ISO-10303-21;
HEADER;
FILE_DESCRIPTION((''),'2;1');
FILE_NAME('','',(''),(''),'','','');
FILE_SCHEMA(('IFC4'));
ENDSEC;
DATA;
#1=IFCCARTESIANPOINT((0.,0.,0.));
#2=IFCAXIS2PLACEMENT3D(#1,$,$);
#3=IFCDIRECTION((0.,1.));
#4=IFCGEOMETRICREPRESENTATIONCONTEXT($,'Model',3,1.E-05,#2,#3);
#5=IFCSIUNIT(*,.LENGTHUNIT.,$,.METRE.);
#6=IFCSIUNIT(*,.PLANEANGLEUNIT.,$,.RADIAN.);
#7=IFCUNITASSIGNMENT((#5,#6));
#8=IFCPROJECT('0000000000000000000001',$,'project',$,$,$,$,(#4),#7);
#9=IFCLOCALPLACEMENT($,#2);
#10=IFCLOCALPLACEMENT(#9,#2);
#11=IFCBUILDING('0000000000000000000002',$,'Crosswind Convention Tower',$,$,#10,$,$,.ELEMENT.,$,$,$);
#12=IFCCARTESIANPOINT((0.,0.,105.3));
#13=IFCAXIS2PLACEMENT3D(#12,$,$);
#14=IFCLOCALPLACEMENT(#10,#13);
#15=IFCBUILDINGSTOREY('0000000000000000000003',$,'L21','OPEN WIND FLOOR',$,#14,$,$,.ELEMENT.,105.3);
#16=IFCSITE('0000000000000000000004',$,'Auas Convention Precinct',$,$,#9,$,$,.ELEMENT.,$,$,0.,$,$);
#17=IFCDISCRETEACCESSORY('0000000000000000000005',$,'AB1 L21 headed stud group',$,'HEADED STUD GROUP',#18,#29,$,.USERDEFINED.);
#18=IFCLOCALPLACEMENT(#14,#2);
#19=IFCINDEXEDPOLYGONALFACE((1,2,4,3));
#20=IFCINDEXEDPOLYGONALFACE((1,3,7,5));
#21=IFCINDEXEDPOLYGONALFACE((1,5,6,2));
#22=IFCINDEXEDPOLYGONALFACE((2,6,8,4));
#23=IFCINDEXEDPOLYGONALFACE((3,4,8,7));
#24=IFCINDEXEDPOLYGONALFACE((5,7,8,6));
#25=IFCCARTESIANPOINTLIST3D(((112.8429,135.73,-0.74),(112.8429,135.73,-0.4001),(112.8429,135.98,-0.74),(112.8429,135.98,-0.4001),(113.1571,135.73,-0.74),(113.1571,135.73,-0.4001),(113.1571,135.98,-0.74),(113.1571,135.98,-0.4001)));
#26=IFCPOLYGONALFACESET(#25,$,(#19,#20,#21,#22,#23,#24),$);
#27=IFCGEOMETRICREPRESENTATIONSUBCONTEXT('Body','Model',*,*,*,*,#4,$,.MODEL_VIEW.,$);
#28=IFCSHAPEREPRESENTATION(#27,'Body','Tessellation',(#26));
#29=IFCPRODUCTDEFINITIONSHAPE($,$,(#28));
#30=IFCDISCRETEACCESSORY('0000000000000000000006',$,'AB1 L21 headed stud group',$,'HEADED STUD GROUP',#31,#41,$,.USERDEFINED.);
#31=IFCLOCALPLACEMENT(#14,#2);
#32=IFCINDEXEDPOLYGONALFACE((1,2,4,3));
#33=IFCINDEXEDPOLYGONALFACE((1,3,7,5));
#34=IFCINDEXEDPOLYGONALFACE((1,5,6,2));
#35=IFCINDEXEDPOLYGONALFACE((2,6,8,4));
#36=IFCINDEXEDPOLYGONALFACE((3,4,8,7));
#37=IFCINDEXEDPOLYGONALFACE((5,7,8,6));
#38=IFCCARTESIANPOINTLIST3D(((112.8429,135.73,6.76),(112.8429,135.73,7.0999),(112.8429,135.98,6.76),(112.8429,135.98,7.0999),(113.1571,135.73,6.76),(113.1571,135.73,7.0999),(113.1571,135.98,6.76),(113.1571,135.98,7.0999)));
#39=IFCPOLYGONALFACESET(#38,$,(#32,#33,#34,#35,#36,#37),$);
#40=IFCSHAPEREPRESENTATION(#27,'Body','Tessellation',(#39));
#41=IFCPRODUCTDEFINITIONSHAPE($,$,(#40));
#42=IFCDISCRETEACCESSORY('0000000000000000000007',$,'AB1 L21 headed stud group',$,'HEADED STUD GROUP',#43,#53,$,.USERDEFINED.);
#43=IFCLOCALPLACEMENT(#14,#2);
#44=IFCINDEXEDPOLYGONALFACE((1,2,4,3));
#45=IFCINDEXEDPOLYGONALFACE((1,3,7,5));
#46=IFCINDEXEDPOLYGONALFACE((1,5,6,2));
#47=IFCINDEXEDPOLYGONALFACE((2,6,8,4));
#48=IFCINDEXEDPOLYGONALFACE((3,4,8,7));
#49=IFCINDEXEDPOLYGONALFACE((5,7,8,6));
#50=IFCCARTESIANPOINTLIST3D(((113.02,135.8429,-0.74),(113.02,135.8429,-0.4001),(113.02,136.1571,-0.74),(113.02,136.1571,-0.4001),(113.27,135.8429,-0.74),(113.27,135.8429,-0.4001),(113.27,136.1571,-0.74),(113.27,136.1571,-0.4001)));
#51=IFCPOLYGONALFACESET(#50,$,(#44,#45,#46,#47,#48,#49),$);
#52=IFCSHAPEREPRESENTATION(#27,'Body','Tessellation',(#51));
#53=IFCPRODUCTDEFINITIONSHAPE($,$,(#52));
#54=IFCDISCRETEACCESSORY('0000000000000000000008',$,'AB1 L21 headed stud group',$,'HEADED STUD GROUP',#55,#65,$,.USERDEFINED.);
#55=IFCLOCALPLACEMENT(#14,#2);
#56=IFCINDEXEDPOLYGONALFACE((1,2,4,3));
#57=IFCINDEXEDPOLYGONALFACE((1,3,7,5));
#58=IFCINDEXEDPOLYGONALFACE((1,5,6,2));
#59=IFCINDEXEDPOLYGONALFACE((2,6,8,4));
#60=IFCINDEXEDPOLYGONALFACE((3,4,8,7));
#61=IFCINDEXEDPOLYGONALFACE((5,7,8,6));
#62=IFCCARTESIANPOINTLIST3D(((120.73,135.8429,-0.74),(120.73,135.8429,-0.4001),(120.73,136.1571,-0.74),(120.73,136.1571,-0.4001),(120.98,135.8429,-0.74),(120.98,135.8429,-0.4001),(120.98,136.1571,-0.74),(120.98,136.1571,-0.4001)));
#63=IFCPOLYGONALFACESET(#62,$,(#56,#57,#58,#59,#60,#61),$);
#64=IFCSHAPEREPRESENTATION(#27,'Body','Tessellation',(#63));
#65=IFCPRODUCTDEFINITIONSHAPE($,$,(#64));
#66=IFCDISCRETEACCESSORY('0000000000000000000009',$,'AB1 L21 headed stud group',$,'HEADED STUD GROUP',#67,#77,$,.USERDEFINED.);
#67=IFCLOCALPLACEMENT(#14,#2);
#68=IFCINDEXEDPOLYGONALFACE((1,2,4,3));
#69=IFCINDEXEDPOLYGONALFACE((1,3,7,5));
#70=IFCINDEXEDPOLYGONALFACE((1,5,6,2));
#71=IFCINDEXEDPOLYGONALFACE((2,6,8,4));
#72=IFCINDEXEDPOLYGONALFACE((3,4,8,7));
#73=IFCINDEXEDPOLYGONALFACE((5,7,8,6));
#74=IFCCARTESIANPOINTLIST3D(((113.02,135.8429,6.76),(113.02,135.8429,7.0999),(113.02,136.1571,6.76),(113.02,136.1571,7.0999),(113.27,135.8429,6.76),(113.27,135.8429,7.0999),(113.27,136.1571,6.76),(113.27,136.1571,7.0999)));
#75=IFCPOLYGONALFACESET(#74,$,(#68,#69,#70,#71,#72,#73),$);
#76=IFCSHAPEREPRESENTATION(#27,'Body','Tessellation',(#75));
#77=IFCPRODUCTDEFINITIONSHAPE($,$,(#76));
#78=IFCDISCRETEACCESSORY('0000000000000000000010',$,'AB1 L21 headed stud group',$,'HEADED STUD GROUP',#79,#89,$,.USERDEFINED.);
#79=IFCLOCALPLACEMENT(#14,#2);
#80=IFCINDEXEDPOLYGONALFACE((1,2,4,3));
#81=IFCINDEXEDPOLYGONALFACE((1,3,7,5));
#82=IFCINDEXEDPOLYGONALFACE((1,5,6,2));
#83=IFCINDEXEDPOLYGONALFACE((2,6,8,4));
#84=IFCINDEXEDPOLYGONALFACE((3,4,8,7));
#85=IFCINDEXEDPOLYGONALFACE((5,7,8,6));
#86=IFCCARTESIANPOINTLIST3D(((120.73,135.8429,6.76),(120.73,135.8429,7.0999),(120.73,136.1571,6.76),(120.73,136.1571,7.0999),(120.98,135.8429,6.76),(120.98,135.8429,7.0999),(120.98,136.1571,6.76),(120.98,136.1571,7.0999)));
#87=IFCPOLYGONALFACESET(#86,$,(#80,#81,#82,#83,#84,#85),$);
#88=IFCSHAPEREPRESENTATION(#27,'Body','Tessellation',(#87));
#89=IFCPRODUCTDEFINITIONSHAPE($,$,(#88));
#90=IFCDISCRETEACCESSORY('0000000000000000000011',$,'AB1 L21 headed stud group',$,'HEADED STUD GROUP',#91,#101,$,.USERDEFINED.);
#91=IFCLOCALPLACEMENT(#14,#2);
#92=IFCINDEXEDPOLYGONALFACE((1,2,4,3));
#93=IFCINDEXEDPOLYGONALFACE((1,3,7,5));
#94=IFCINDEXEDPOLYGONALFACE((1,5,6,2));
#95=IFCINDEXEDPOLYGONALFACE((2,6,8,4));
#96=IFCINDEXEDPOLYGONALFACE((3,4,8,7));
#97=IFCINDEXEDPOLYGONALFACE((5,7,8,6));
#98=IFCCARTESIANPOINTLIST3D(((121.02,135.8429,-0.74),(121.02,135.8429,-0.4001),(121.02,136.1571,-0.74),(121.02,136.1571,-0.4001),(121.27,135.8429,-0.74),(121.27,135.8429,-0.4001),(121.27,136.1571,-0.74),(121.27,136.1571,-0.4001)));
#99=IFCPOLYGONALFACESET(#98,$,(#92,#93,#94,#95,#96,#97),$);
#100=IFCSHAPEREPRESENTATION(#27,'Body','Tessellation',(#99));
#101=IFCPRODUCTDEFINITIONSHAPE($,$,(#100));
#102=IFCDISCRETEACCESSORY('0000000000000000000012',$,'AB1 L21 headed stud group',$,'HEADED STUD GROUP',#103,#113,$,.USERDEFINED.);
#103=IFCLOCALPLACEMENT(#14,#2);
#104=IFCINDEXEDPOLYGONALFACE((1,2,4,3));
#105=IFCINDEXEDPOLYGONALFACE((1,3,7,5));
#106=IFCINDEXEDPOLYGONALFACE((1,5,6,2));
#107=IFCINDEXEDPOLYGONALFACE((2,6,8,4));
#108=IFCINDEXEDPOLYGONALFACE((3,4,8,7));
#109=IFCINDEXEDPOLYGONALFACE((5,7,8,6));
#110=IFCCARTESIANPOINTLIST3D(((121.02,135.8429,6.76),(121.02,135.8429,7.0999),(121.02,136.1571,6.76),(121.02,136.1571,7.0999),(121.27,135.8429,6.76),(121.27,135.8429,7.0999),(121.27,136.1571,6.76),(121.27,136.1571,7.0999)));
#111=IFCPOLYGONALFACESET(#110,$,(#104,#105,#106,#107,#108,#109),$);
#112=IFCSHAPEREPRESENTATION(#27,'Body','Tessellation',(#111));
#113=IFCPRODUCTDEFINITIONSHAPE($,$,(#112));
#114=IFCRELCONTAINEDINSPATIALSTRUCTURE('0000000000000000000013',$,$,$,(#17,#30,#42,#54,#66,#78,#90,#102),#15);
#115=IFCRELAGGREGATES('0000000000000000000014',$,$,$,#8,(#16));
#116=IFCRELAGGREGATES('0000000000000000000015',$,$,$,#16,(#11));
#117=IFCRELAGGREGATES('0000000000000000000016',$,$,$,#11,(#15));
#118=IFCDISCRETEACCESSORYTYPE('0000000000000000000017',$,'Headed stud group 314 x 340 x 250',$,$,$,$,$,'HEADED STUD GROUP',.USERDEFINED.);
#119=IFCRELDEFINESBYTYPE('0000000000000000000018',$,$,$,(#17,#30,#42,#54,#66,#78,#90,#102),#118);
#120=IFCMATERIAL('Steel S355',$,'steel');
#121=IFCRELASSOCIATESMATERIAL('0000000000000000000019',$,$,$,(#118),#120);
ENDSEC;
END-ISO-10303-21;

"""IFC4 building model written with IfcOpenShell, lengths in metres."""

from ifc_helpers import new_model, si_unit, direction, frame, origin, origin_2d, place, context, subcontext, project, spatial, rectangle, extrude, material, type_object, element, save


model = new_model("IFC4")

# Units and contexts
model_context = context("Model", 3, precision=1e-05, world=origin(), true_north=direction((0.0, 1.0)))
body_context = subcontext(model_context, "Body", "Model", "MODEL_VIEW")
ifc_project = project(units=[si_unit("LENGTHUNIT", "METRE"), si_unit("PLANEANGLEUNIT", "RADIAN")], contexts=[model_context])

# Site, building, storey
site_placement = place(None, origin())
site = spatial("IfcSite", under=ifc_project, at=site_placement, Name="Auas Convention Precinct", CompositionType="ELEMENT", RefElevation=0.0)
building_placement = place(site_placement, origin())
building = spatial("IfcBuilding", under=site, at=building_placement, Name="Crosswind Convention Tower", CompositionType="ELEMENT")
storey_placement = place(building_placement, frame((0.0, 0.0, 105.3)))
storey = spatial("IfcBuildingStorey", under=building, at=storey_placement, Name="L21", Description="OPEN WIND FLOOR", CompositionType="ELEMENT", Elevation=105.3)

# Shared definitions
ifc_material_1 = material(Name="Steel S355", Category="steel")

# Discrete accessories
discrete_accessory_type_1 = type_object("IfcDiscreteAccessoryType", Name="Headed stud group 314 x 340 x 250", ElementType="HEADED STUD GROUP", PredefinedType="USERDEFINED", material=ifc_material_1)
for number, where, z_axis, x_axis, name in (
    (1, (113.0, 135.855, -0.74), (0.0, 0.0, 1.0), (1.0, 0.0, 0.0), "AB1 L21 headed stud group"),
    (2, (113.0, 135.855, 6.76), (0.0, 0.0, 1.0), (1.0, 0.0, 0.0), "AB1 L21 headed stud group"),
):
    element("IfcDiscreteAccessory", number, at=place(storey_placement, frame(where, z_axis=z_axis, x_axis=x_axis)), inside=storey, type_object=discrete_accessory_type_1, Name=name, ObjectType="HEADED STUD GROUP", PredefinedType="USERDEFINED", context=body_context, shape_type="SweptSolid", body=[
        extrude(rectangle(XDim=0.3142, YDim=0.25, at=origin_2d()), origin(), (0.0, 0.0, 1.0), 0.3398),
    ])
for number, where, z_axis, x_axis, name in (
    (3, (113.145, 136.0, -0.74), (0.0, 0.0, 1.0), (1.0, 0.0, 0.0), "AB1 L21 headed stud group"),
    (4, (120.855, 136.0, -0.74), (0.0, 0.0, 1.0), (1.0, 0.0, 0.0), "AB1 L21 headed stud group"),
    (5, (113.145, 136.0, 6.76), (0.0, 0.0, 1.0), (1.0, 0.0, 0.0), "AB1 L21 headed stud group"),
    (6, (120.855, 136.0, 6.76), (0.0, 0.0, 1.0), (1.0, 0.0, 0.0), "AB1 L21 headed stud group"),
    (7, (121.145, 136.0, -0.74), (0.0, 0.0, 1.0), (1.0, 0.0, 0.0), "AB1 L21 headed stud group"),
    (8, (121.145, 136.0, 6.76), (0.0, 0.0, 1.0), (1.0, 0.0, 0.0), "AB1 L21 headed stud group"),
):
    element("IfcDiscreteAccessory", number, at=place(storey_placement, frame(where, z_axis=z_axis, x_axis=x_axis)), inside=storey, type_object=discrete_accessory_type_1, Name=name, ObjectType="HEADED STUD GROUP", PredefinedType="USERDEFINED", context=body_context, shape_type="SweptSolid", body=[
        extrude(rectangle(XDim=0.25, YDim=0.3142, at=origin_2d()), origin(), (0.0, 0.0, 1.0), 0.3398),
    ])

save(model, "model.ifc")
